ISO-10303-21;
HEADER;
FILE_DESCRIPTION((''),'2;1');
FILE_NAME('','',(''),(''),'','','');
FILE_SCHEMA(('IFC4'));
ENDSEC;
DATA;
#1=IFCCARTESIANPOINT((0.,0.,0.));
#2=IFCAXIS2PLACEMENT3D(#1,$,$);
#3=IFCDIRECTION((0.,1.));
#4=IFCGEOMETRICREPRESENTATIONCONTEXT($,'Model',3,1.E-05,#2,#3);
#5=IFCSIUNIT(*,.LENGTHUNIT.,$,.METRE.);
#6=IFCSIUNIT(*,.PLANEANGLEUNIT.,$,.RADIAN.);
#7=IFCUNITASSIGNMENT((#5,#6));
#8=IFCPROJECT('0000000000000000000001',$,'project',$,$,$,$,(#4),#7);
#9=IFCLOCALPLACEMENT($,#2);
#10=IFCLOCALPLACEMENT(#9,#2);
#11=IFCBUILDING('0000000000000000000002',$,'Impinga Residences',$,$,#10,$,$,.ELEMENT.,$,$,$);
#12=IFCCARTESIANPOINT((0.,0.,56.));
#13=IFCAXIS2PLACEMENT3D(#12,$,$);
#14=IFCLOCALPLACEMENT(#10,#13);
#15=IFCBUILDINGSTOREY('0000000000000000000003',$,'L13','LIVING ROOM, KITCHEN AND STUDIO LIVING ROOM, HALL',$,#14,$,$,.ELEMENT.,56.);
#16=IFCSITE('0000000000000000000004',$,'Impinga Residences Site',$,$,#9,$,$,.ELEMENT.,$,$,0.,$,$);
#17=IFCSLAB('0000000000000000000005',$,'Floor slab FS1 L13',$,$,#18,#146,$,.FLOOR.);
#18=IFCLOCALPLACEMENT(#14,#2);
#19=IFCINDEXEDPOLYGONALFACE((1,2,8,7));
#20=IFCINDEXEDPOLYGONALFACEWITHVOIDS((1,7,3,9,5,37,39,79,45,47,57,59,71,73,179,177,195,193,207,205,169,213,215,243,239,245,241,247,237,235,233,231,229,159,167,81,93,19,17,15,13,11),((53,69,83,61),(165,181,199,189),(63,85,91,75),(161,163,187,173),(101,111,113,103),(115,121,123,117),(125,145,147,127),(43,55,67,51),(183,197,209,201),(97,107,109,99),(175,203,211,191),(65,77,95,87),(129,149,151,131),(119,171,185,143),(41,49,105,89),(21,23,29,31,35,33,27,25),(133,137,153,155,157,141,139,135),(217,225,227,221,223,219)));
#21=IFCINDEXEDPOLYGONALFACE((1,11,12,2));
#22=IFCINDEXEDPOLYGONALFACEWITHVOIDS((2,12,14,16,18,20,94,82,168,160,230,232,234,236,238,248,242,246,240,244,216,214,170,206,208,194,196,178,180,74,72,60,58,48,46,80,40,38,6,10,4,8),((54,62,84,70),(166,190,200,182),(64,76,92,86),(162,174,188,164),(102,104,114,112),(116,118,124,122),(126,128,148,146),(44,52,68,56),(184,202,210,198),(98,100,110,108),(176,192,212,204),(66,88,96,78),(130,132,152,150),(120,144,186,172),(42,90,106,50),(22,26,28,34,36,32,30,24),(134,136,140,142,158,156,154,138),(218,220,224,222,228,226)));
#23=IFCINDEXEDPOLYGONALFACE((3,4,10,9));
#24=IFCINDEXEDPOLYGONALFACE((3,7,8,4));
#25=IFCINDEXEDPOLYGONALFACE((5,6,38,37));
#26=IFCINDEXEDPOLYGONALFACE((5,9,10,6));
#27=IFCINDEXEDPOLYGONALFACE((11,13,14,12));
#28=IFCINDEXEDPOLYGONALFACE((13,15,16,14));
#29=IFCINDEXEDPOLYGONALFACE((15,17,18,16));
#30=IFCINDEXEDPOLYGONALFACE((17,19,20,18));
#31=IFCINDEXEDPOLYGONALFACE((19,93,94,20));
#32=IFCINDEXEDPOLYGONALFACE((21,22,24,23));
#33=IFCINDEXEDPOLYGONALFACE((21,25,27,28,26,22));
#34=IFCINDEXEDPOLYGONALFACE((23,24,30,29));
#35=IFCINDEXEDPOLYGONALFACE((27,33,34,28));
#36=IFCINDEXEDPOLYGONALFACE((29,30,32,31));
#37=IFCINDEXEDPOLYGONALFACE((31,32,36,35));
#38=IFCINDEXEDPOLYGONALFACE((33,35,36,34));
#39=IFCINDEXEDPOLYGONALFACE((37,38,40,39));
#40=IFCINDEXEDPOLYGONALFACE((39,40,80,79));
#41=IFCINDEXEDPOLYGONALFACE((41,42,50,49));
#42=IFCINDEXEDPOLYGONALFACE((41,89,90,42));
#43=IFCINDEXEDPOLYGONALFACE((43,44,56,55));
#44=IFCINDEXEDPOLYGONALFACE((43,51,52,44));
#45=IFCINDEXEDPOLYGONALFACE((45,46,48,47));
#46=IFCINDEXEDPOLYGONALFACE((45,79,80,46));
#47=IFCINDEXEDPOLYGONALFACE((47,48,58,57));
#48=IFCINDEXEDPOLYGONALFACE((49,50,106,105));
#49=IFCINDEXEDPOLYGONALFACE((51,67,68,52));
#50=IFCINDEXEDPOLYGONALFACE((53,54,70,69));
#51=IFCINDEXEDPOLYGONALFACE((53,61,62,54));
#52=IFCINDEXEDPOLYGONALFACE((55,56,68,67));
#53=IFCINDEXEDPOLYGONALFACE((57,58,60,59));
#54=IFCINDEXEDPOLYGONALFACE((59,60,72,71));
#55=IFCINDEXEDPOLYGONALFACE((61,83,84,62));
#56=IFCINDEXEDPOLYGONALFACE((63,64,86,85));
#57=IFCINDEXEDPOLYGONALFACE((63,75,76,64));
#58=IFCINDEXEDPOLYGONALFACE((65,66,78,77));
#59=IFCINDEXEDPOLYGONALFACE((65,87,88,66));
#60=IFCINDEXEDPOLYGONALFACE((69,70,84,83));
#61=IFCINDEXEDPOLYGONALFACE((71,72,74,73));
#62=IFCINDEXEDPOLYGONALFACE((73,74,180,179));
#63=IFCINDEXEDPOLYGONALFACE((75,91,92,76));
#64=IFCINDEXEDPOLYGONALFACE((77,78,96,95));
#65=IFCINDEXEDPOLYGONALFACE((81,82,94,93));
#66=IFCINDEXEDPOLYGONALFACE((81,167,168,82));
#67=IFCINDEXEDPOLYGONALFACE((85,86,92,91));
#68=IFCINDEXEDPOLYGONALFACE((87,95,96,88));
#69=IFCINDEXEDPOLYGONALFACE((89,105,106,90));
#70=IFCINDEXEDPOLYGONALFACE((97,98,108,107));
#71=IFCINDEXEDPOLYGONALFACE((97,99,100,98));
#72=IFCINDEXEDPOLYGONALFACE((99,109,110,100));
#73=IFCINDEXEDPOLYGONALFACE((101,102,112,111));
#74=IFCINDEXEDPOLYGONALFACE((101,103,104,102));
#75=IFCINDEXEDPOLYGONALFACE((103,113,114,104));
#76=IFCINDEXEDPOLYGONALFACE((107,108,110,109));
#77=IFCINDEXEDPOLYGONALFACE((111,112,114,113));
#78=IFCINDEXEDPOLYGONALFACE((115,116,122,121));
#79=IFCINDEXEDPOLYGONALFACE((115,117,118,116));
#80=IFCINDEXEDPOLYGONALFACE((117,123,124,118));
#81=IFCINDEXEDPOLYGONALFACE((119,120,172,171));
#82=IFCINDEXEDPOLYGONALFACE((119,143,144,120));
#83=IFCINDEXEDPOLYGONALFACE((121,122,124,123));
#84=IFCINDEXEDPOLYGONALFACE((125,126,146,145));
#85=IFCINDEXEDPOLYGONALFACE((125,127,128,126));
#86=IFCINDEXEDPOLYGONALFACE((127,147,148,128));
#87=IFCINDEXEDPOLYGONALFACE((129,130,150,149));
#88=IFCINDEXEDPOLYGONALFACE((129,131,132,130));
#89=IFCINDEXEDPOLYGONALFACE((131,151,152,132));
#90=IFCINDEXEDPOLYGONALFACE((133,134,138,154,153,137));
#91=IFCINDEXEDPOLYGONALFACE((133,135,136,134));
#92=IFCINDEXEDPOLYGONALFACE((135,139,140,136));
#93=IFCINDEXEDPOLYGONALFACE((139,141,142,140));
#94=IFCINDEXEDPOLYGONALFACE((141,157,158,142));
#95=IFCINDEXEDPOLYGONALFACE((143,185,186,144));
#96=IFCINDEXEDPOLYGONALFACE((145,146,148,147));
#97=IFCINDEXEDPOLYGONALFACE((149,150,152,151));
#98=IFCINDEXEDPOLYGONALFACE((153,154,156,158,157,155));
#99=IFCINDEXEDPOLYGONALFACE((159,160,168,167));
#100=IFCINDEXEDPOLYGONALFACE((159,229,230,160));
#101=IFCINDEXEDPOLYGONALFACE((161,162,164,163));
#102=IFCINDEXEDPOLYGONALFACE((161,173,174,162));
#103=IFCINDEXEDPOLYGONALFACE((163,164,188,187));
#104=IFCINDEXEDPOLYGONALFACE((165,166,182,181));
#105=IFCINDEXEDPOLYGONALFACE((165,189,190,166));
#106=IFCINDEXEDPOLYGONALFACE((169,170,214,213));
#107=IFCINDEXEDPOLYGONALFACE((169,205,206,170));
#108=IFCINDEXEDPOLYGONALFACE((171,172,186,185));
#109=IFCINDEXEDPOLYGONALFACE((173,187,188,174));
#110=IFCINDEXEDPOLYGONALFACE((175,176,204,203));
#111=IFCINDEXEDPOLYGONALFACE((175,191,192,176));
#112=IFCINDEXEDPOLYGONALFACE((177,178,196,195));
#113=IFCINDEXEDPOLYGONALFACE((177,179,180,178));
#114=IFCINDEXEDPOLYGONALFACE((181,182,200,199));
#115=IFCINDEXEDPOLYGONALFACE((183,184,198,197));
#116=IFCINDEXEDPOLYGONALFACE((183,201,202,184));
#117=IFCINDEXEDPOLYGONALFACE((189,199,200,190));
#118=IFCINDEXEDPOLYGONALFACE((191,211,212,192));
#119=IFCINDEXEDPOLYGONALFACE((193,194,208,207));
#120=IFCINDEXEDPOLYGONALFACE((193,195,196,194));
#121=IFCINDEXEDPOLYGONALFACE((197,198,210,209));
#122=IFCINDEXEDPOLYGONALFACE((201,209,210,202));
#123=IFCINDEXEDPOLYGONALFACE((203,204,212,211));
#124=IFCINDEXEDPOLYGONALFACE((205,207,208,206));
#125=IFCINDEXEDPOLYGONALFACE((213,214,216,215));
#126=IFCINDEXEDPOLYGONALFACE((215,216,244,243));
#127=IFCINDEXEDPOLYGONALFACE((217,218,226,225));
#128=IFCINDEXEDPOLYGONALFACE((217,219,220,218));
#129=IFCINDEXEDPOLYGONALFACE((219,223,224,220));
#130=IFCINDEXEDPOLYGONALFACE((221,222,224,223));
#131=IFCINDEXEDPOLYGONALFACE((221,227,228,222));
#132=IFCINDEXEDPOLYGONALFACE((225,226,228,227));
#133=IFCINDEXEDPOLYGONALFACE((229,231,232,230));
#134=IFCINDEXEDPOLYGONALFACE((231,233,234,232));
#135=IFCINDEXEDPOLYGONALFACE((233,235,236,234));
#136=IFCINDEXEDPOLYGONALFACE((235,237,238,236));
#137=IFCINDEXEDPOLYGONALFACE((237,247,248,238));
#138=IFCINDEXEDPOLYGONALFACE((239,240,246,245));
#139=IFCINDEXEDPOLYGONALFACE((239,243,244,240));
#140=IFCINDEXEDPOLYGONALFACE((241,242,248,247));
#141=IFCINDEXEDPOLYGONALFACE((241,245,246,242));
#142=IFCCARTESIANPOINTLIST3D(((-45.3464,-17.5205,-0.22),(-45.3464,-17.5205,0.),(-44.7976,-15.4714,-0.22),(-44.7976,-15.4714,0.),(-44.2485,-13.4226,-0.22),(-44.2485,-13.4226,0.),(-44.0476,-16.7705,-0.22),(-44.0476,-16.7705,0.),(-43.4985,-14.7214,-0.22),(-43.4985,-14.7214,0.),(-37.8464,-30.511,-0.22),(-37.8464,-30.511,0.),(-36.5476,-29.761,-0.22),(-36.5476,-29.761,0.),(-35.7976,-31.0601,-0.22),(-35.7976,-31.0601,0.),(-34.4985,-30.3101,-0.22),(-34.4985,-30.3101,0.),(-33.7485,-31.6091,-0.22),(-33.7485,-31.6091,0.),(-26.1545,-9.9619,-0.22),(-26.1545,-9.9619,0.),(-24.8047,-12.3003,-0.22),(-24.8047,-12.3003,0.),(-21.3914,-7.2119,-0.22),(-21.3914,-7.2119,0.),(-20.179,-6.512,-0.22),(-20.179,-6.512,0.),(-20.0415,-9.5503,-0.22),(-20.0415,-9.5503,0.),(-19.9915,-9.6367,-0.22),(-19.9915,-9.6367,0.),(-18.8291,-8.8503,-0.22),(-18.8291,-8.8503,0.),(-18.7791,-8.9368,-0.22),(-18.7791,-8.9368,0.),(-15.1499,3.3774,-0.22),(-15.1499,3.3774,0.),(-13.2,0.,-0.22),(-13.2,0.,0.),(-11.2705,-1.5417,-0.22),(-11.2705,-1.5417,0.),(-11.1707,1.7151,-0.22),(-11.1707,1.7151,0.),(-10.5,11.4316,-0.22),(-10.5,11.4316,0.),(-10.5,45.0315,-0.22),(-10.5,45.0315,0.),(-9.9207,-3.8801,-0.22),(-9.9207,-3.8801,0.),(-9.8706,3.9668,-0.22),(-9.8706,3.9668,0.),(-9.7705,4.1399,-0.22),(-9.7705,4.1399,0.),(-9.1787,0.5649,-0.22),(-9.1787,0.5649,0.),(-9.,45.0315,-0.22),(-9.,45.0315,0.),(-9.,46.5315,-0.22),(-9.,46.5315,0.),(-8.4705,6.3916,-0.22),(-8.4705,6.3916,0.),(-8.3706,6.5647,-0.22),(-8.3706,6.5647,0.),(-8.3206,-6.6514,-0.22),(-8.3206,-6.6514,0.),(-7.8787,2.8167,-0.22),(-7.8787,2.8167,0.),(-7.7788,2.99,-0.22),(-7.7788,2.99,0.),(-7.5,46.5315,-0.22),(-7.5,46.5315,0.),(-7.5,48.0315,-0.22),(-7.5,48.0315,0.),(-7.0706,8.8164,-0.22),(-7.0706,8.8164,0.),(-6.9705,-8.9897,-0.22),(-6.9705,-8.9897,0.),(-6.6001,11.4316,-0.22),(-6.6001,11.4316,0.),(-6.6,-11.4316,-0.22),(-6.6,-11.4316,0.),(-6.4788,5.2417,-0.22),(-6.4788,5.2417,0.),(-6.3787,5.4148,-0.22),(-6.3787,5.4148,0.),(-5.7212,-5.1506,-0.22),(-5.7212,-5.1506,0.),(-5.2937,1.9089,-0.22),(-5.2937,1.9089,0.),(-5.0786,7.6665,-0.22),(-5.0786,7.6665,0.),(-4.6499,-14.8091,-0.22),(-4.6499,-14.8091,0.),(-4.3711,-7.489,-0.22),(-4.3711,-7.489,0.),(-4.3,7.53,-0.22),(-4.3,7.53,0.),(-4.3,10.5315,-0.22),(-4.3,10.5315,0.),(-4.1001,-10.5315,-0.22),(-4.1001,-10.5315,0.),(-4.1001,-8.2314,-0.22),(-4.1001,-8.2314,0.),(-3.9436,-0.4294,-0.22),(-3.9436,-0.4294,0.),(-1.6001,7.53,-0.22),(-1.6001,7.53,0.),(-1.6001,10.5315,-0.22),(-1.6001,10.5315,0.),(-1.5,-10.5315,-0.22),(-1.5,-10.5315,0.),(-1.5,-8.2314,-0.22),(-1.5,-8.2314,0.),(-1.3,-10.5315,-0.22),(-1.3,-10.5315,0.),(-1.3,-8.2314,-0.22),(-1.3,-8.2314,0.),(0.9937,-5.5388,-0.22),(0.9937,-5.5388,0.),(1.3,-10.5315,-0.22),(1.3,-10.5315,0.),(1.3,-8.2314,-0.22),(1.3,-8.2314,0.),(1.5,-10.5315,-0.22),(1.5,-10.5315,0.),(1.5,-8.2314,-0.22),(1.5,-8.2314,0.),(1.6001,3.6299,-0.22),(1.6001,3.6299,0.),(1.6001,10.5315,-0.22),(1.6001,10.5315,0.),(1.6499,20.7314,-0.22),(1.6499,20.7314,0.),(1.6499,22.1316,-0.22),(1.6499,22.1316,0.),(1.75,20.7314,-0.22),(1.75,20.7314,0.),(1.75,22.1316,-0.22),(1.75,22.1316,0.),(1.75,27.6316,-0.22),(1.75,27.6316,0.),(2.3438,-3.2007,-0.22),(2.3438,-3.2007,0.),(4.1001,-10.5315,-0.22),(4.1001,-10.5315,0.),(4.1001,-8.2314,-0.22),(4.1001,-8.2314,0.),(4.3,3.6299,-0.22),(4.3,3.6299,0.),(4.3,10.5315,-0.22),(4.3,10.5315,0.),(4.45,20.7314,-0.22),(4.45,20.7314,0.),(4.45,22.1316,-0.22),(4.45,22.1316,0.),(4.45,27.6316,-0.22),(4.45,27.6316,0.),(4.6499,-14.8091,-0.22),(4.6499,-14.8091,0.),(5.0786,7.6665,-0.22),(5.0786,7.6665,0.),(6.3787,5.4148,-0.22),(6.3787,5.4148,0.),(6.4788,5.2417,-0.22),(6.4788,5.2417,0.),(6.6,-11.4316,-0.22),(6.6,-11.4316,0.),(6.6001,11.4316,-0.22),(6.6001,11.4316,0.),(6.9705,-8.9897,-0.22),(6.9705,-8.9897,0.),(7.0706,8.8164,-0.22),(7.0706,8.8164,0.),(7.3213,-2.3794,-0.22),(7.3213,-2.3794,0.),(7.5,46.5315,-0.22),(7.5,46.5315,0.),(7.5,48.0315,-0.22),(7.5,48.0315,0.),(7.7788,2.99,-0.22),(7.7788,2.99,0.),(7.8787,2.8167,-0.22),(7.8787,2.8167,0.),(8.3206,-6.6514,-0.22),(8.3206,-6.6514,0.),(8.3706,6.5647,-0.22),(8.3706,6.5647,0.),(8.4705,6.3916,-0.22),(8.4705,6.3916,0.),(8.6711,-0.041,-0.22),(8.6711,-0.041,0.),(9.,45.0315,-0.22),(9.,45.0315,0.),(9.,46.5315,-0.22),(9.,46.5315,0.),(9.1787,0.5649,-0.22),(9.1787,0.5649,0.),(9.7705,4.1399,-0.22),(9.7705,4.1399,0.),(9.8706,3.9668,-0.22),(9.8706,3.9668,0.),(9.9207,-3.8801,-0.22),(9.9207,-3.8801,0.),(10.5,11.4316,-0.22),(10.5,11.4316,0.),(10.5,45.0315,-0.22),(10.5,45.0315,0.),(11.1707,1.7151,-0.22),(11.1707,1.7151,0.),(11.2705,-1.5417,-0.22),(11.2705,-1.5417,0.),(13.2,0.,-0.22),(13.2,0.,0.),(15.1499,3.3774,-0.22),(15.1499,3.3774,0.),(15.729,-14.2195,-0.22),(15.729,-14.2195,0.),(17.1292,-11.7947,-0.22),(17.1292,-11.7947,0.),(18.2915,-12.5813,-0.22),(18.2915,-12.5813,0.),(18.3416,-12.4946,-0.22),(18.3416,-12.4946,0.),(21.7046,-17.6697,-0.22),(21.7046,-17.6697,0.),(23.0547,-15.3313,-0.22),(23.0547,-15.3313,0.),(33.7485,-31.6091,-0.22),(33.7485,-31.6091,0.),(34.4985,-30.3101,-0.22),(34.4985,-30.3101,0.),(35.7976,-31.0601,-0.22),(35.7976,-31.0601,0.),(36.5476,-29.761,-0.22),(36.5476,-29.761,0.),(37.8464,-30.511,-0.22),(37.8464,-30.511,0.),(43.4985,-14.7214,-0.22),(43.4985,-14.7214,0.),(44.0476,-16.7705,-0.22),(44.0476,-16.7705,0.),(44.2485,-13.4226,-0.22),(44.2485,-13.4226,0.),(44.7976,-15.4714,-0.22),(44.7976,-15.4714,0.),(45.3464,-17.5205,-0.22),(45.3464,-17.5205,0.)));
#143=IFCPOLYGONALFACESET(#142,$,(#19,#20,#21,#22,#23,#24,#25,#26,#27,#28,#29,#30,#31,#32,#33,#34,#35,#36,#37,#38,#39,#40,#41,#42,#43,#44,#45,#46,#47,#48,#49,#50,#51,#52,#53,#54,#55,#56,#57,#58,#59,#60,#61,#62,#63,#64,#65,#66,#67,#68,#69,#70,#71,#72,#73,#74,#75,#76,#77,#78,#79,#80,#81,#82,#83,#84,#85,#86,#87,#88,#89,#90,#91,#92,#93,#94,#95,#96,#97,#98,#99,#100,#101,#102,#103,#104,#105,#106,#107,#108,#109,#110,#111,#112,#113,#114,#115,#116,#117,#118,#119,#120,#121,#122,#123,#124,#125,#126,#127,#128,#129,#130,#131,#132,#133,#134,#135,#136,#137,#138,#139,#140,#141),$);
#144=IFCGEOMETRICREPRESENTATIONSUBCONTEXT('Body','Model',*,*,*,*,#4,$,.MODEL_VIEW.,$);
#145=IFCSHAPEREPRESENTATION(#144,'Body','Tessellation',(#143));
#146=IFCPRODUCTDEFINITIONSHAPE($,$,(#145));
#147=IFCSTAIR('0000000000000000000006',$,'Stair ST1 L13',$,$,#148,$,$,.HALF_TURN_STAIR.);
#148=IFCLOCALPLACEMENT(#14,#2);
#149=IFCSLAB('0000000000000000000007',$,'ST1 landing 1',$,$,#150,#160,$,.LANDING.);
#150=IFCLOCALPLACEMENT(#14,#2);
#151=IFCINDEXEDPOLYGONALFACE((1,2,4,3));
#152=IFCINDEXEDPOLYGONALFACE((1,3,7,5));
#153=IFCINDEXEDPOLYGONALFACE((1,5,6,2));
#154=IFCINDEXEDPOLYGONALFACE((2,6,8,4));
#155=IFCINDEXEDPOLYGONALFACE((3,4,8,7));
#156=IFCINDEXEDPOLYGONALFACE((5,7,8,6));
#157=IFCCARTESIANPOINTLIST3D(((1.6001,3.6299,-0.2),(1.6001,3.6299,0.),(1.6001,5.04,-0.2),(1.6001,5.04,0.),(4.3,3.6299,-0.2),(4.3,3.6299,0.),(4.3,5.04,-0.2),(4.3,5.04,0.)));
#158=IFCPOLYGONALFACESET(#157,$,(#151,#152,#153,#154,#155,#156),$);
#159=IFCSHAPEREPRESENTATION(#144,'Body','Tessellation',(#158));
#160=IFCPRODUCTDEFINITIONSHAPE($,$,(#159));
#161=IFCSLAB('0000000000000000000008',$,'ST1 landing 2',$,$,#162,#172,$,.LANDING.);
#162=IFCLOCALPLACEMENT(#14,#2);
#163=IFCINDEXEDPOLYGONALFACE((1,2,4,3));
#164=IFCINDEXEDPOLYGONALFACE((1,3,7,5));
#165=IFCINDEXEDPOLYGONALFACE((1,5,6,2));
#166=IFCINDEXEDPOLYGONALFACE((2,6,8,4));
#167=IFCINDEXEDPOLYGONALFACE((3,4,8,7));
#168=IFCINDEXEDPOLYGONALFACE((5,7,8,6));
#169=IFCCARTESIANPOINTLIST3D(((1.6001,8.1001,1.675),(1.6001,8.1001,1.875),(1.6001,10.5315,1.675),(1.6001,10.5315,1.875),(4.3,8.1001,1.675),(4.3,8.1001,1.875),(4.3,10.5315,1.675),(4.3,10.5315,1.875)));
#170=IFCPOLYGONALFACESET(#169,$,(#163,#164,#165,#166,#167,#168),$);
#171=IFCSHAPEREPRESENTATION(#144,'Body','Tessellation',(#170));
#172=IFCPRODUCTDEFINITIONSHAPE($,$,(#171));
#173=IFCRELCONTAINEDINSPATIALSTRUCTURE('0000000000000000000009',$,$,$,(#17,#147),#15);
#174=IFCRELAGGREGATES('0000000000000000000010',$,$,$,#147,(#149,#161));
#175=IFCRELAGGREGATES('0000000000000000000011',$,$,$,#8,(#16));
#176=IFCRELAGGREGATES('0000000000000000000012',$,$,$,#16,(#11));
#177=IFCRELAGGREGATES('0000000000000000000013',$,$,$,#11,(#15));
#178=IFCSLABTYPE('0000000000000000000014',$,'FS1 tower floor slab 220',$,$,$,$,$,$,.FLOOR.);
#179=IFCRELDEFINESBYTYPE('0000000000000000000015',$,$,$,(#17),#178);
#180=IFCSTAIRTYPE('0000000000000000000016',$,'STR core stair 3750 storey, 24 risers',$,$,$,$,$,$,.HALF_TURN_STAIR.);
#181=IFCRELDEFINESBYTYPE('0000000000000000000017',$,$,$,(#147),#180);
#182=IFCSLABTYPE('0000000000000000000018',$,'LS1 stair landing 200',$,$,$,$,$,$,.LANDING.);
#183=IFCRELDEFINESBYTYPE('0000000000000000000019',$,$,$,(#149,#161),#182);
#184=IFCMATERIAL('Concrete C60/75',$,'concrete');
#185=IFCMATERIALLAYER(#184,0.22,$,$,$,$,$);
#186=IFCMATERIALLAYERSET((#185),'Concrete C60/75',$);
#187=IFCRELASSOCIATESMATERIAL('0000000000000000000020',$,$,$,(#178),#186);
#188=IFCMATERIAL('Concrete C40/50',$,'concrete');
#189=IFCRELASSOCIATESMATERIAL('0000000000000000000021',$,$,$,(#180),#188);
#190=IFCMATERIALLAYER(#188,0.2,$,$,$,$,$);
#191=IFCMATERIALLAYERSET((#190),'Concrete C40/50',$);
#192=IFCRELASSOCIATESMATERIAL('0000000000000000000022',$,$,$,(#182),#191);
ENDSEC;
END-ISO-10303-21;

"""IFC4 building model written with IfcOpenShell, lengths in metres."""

from ifc_helpers import new_model, si_unit, direction, frame, origin, place, context, subcontext, project, spatial, polyline, outline, extrude, material, layer, layer_set, type_object, element, aggregate, save


model = new_model("IFC4")

# Units and contexts
model_context = context("Model", 3, precision=1e-05, world=origin(), true_north=direction((0.0, 1.0)))
body_context = subcontext(model_context, "Body", "Model", "MODEL_VIEW")
ifc_project = project(units=[si_unit("LENGTHUNIT", "METRE"), si_unit("PLANEANGLEUNIT", "RADIAN")], contexts=[model_context])

# Site, building, storey
site_placement = place(None, origin())
site = spatial("IfcSite", under=ifc_project, at=site_placement, Name="Impinga Residences Site", CompositionType="ELEMENT", RefElevation=0.0)
building_placement = place(site_placement, origin())
building = spatial("IfcBuilding", under=site, at=building_placement, Name="Impinga Residences", CompositionType="ELEMENT")
storey_placement = place(building_placement, frame((0.0, 0.0, 56.0)))
storey = spatial("IfcBuildingStorey", under=building, at=storey_placement, Name="L13", Description="LIVING ROOM, KITCHEN AND STUDIO LIVING ROOM, HALL", CompositionType="ELEMENT", Elevation=56.0)

# Slab
ifc_material_1 = material(Name="Concrete C60/75", Category="concrete")
ifc_layer_1 = layer(ifc_material_1, 0.22)
ifc_layer_set_1 = layer_set([ifc_layer_1], Name="Concrete C60/75")
slab_type_1 = type_object("IfcSlabType", Name="FS1 tower floor slab 220", PredefinedType="FLOOR", material=ifc_layer_set_1)
slab_1_placement = place(storey_placement, frame((0.0, 0.0, -0.22)))
element("IfcSlab", 1, at=slab_1_placement, inside=storey, type_object=slab_type_1, Name="Floor slab FS1 L13", PredefinedType="FLOOR", context=body_context, shape_type="SweptSolid", body=[
    extrude(outline(polyline([(-34.4985, -30.3101), (-35.7976, -31.0601), (-36.5476, -29.761), (-37.8464, -30.511), (-45.3464, -17.5205), (-44.0476, -16.7705), (-44.7976, -15.4714), (-43.4985, -14.7214), (-44.2485, -13.4226), (-15.1499, 3.3774), (-13.2, 0.0), (-6.6001, 11.4316), (-10.5, 11.4316), (-10.5, 45.0315), (-9.0, 45.0315), (-9.0, 46.5315), (-7.5, 46.5315), (-7.5, 48.0315), (7.5, 48.0315), (7.5, 46.5315), (9.0, 46.5315), (9.0, 45.0315), (10.5, 45.0315), (10.5, 11.4316), (6.6001, 11.4316), (13.2, 0.0), (15.1499, 3.3774), (44.2485, -13.4226), (43.4985, -14.7214), (44.7976, -15.4714), (44.0476, -16.7705), (45.3464, -17.5205), (37.8464, -30.511), (36.5476, -29.761), (35.7976, -31.0601), (34.4985, -30.3101), (33.7485, -31.6091), (4.6499, -14.8091), (9.9001, -5.7158), (6.6001, -11.4316), (-6.6001, -11.4316), (-9.9001, -5.7158), (-4.6499, -14.8091), (-33.7485, -31.6091), (-34.4985, -30.3101)]), holes=[polyline([(-21.3914, -7.2119), (-26.1545, -9.9619), (-24.8047, -12.3003), (-20.0415, -9.5503), (-19.9915, -9.6367), (-18.7791, -8.9368), (-18.8291, -8.8503), (-18.8291, -8.8503), (-20.179, -6.512), (-21.3914, -7.2119), (-21.3914, -7.2119)]), polyline([(-1.5, -8.2314), (-4.1001, -8.2314), (-4.1001, -10.5315), (-1.5, -10.5315), (-1.5, -8.2314)]), polyline([(1.3, -8.2314), (-1.3, -8.2314), (-1.3, -10.5315), (1.3, -10.5315), (1.3, -8.2314)]), polyline([(1.5, -8.2314), (1.5, -10.5315), (4.1001, -10.5315), (4.1001, -8.2314), (1.5, -8.2314)]), polyline([(-5.7212, -5.1506), (-8.3206, -6.6514), (-6.9705, -8.9897), (-4.3711, -7.489), (-5.7212, -5.1506)]), polyline([(-3.9436, -0.4294), (-5.2937, 1.9089), (-11.2705, -1.5417), (-9.9207, -3.8801), (-3.9436, -0.4294)]), polyline([(-9.1787, 0.5649), (-7.8787, 2.8167), (-9.8706, 3.9668), (-11.1707, 1.7151), (-9.1787, 0.5649)]), polyline([(-6.4788, 5.2417), (-8.4705, 6.3916), (-9.7705, 4.1399), (-7.7788, 2.99), (-6.4788, 5.2417)]), polyline([(-6.3787, 5.4148), (-5.0786, 7.6665), (-7.0706, 8.8164), (-8.3706, 6.5647), (-6.3787, 5.4148)]), polyline([(-4.3, 7.53), (-1.6001, 7.53), (-1.6001, 10.5315), (-4.3, 10.5315), (-4.3, 7.53)]), polyline([(15.729, -14.2195), (21.7046, -17.6697), (23.0547, -15.3313), (18.2915, -12.5813), (18.3416, -12.4946), (17.1292, -11.7947), (15.729, -14.2195)]), polyline([(0.9937, -5.5388), (6.9705, -8.9897), (8.3206, -6.6514), (2.3438, -3.2007), (0.9937, -5.5388)]), polyline([(8.6711, -0.041), (7.3213, -2.3794), (9.9207, -3.8801), (11.2705, -1.5417), (8.6711, -0.041)]), polyline([(7.8787, 2.8167), (9.1787, 0.5649), (11.1707, 1.7151), (9.8706, 3.9668), (7.8787, 2.8167)]), polyline([(7.7788, 2.99), (9.7705, 4.1399), (8.4705, 6.3916), (6.4788, 5.2417), (7.7788, 2.99)]), polyline([(1.6001, 3.6299), (4.3, 3.6299), (4.3, 10.5315), (1.6001, 10.5315), (1.6001, 3.6299)]), polyline([(5.0786, 7.6665), (6.3787, 5.4148), (8.3706, 6.5647), (7.0706, 8.8164), (5.0786, 7.6665)]), polyline([(1.75, 22.1316), (1.6499, 22.1316), (1.6499, 20.7314), (1.75, 20.7314), (4.45, 20.7314), (4.45, 22.1316), (4.45, 27.6316), (1.75, 27.6316), (1.75, 22.1316)])]), origin(), (0.0, 0.0, 1.0), 0.22),
])

# Stair, slabs
ifc_material_2 = material(Name="Concrete C40/50", Category="concrete")
stair_type = type_object("IfcStairType", Name="STR core stair 3750 storey, 24 risers", PredefinedType="HALF_TURN_STAIR", material=ifc_material_2)
stair_1_placement = place(storey_placement, origin())
stair_1 = element("IfcStair", 2, at=stair_1_placement, inside=storey, type_object=stair_type, Name="Stair ST1 L13", PredefinedType="HALF_TURN_STAIR")
ifc_layer_2 = layer(ifc_material_2, 0.2)
ifc_layer_set_2 = layer_set([ifc_layer_2], Name="Concrete C40/50")
slab_type_2 = type_object("IfcSlabType", Name="LS1 stair landing 200", PredefinedType="LANDING", material=ifc_layer_set_2)
slab_2_placement = place(storey_placement, frame((0.0, 0.0, -0.2)))
slab_2 = element("IfcSlab", 3, at=slab_2_placement, type_object=slab_type_2, Name="ST1 landing 1", PredefinedType="LANDING", context=body_context, shape_type="SweptSolid", body=[
    extrude(outline(polyline([(1.6001, 3.6299), (4.3, 3.6299), (4.3, 5.04), (1.6001, 5.04), (1.6001, 3.6299)])), origin(), (0.0, 0.0, 1.0), 0.2),
])
slab_3_placement = place(storey_placement, frame((0.0, 0.0, 1.675)))
slab_3 = element("IfcSlab", 4, at=slab_3_placement, type_object=slab_type_2, Name="ST1 landing 2", PredefinedType="LANDING", context=body_context, shape_type="SweptSolid", body=[
    extrude(outline(polyline([(1.6001, 8.1001), (4.3, 8.1001), (4.3, 10.5315), (1.6001, 10.5315), (1.6001, 8.1001)])), origin(), (0.0, 0.0, 1.0), 0.2),
])
aggregate(stair_1, [slab_2, slab_3])

save(model, "model.ifc")
